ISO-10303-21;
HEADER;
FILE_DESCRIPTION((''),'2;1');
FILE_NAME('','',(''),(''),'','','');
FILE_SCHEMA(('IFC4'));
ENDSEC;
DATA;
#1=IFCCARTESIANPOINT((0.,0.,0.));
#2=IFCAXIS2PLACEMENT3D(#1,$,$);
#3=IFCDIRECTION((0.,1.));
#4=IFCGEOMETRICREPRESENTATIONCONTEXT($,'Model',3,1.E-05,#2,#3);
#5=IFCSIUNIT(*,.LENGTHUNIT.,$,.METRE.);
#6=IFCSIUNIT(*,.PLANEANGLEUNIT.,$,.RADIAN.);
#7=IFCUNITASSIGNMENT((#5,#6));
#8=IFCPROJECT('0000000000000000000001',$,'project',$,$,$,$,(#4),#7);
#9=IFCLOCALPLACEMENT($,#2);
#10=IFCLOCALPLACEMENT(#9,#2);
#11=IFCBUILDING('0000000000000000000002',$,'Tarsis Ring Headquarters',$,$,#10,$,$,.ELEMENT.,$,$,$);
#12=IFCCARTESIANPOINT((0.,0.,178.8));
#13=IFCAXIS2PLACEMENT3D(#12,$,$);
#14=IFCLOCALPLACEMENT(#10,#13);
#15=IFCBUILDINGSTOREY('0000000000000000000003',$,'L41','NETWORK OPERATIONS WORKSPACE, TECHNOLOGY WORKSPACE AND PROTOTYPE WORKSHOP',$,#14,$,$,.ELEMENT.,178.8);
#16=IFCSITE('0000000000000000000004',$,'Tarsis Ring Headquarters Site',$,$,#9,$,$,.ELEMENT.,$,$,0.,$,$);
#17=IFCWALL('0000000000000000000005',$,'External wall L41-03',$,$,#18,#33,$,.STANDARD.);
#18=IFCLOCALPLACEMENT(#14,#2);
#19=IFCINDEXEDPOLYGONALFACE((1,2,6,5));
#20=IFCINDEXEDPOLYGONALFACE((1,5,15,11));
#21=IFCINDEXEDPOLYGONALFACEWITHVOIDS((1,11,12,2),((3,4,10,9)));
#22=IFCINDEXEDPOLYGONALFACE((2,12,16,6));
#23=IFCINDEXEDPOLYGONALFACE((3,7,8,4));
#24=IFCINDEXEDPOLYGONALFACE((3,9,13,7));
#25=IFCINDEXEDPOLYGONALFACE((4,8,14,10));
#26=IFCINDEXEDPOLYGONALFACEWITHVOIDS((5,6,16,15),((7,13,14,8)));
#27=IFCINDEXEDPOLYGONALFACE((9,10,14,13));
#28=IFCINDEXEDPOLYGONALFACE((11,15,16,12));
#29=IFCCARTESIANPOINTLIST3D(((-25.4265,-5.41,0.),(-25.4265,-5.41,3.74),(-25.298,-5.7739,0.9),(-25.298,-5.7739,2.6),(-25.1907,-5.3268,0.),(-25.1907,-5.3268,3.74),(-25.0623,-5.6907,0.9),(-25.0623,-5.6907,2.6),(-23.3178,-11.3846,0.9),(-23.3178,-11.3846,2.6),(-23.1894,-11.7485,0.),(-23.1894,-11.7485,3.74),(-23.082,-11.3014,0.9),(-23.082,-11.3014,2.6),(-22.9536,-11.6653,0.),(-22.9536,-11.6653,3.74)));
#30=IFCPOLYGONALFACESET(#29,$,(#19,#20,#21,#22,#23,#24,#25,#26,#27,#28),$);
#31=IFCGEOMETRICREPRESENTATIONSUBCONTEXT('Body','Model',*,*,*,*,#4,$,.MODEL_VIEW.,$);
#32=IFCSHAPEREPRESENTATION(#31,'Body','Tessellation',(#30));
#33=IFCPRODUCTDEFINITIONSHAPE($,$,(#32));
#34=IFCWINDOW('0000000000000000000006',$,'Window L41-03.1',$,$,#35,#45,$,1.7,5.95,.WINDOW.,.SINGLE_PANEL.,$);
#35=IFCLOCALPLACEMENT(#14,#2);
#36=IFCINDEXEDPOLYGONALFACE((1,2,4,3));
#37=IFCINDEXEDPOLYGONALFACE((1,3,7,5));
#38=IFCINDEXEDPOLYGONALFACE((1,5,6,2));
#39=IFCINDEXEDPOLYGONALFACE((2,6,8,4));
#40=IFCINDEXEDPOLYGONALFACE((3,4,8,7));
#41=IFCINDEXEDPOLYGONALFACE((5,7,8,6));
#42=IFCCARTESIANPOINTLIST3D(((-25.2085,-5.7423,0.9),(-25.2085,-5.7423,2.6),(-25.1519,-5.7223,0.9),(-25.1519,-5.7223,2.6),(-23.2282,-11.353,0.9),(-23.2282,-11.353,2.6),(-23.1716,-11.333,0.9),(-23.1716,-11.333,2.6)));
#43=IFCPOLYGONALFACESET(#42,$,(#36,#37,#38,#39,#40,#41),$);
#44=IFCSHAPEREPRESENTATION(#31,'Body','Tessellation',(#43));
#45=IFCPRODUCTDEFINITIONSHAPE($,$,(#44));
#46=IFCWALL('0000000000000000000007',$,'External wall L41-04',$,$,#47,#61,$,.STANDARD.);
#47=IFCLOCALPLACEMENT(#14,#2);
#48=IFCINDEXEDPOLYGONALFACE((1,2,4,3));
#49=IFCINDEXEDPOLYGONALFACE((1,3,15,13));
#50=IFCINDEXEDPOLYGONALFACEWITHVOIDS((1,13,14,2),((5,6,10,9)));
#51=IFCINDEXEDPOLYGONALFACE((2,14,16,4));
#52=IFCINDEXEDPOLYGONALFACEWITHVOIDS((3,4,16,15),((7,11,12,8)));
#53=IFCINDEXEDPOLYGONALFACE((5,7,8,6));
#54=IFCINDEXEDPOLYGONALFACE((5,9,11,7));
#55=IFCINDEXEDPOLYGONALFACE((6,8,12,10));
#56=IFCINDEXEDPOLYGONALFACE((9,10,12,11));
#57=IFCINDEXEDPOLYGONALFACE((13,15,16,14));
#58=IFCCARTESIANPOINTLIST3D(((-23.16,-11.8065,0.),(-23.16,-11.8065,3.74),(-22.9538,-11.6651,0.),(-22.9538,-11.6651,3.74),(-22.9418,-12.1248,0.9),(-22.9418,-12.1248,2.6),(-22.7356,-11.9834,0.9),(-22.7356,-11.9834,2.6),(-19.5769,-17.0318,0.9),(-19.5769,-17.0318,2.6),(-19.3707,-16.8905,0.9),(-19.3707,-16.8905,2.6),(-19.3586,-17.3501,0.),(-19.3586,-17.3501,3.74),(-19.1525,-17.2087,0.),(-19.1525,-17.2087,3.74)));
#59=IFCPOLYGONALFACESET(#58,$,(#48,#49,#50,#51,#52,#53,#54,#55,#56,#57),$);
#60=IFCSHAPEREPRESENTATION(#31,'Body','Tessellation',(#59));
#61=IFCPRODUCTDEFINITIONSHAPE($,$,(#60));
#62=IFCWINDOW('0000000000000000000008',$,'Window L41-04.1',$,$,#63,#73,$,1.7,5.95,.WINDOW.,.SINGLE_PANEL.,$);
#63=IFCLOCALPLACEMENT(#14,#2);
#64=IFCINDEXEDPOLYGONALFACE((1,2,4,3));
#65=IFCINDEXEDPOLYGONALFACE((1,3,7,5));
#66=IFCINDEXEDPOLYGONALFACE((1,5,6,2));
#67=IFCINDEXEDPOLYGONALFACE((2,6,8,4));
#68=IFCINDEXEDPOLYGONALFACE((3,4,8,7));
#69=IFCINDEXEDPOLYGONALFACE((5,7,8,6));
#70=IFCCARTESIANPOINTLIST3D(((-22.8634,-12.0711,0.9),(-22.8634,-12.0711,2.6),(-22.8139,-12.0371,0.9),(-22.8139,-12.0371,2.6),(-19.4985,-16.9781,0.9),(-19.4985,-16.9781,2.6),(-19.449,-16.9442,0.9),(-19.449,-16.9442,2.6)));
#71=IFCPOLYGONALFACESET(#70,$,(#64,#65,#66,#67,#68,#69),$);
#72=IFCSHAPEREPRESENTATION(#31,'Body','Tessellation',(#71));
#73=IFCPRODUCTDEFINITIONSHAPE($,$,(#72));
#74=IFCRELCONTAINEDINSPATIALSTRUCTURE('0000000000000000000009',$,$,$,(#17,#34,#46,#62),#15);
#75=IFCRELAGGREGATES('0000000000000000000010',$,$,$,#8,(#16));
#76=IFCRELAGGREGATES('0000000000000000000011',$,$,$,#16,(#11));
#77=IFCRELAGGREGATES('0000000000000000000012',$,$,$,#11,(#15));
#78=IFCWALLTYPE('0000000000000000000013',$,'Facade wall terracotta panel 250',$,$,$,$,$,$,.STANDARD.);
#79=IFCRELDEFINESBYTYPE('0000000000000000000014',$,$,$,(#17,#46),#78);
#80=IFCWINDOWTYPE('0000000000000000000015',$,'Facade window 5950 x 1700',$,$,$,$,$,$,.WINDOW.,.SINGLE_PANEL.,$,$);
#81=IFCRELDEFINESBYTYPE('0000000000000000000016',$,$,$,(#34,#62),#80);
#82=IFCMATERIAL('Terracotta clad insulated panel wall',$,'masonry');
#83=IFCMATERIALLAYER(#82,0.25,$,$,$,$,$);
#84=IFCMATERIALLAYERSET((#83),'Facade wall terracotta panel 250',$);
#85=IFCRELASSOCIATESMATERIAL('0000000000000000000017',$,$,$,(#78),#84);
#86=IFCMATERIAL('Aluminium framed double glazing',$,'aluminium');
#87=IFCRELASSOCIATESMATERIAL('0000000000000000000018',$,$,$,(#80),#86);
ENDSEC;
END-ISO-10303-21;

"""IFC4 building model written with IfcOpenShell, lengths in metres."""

from ifc_helpers import new_model, si_unit, direction, frame, frame_2d, origin, place, context, subcontext, project, spatial, rectangle, extrude, material, layer, layer_set, type_object, element, fill, save


model = new_model("IFC4")

# Units and contexts
model_context = context("Model", 3, precision=1e-05, world=origin(), true_north=direction((0.0, 1.0)))
body_context = subcontext(model_context, "Body", "Model", "MODEL_VIEW")
ifc_project = project(units=[si_unit("LENGTHUNIT", "METRE"), si_unit("PLANEANGLEUNIT", "RADIAN")], contexts=[model_context])

# Site, building, storey
site_placement = place(None, origin())
site = spatial("IfcSite", under=ifc_project, at=site_placement, Name="Tarsis Ring Headquarters Site", CompositionType="ELEMENT", RefElevation=0.0)
building_placement = place(site_placement, origin())
building = spatial("IfcBuilding", under=site, at=building_placement, Name="Tarsis Ring Headquarters", CompositionType="ELEMENT")
storey_placement = place(building_placement, frame((0.0, 0.0, 178.8)))
storey = spatial("IfcBuildingStorey", under=building, at=storey_placement, Name="L41", Description="NETWORK OPERATIONS WORKSPACE, TECHNOLOGY WORKSPACE AND PROTOTYPE WORKSHOP", CompositionType="ELEMENT", Elevation=178.8)

# Walls, openings, windows
ifc_material_1 = material(Name="Terracotta clad insulated panel wall", Category="masonry")
ifc_layer_1 = layer(ifc_material_1, 0.25)
ifc_layer_set_1 = layer_set([ifc_layer_1], Name="Facade wall terracotta panel 250")
wall_type_1 = type_object("IfcWallType", Name="Facade wall terracotta panel 250", PredefinedType="STANDARD", material=ifc_layer_set_1)
wall_1_placement = place(storey_placement, frame((-25.3086, -5.3684, 0.0), z_axis=(0.0, 0.0, 1.0), x_axis=(0.332818, -0.942991, 0.0)))
wall_1 = element("IfcWall", 1, at=wall_1_placement, inside=storey, type_object=wall_type_1, Name="External wall L41-03", PredefinedType="STANDARD", context=body_context, shape_type="SweptSolid", body=[
    extrude(rectangle(XDim=6.7217, YDim=0.25, at=frame_2d((3.3608, 0.0))), origin(), (0.0, 0.0, 1.0), 3.74),
])
opening_1_placement = place(wall_1_placement, frame((0.3857, 0.0, 0.8999)))
opening_1 = element("IfcOpeningElement", 2, at=opening_1_placement, cuts=wall_1, PredefinedType="OPENING", context=body_context, shape_type="SweptSolid", body=[
    extrude(rectangle(XDim=5.95, YDim=1.7, at=frame_2d((2.9751, 0.8501))), frame((0.0, 0.135, 0.0), z_axis=(0.0, -1.0, 0.0), x_axis=(1.0, 0.0, 0.0)), (0.0, 0.0, 1.0), 0.27),
])
ifc_material_2 = material(Name="Aluminium framed double glazing", Category="aluminium")
window_type = type_object("IfcWindowType", Name="Facade window 5950 x 1700", PartitioningType="SINGLE_PANEL", PredefinedType="WINDOW", material=ifc_material_2)
window_1_placement = place(opening_1_placement, origin())
window_1 = element("IfcWindow", 3, at=window_1_placement, inside=storey, type_object=window_type, Name="Window L41-03.1", OverallHeight=1.7, OverallWidth=5.95, PartitioningType="SINGLE_PANEL", PredefinedType="WINDOW", context=body_context, shape_type="SweptSolid", body=[
    extrude(rectangle(XDim=5.95, YDim=1.7, at=frame_2d((2.9751, 0.8501))), frame((0.0, 0.03, 0.0), z_axis=(0.0, -1.0, 0.0), x_axis=(1.0, 0.0, 0.0)), (0.0, 0.0, 1.0), 0.0601),
])
fill(opening_1, window_1)
wall_2_placement = place(storey_placement, frame((-23.0569, -11.7358, 0.0), z_axis=(0.0, 0.0, 1.0), x_axis=(0.565533, -0.824726, 0.0)))
wall_2 = element("IfcWall", 4, at=wall_2_placement, inside=storey, type_object=wall_type_1, Name="External wall L41-04", PredefinedType="STANDARD", context=body_context, shape_type="SweptSolid", body=[
    extrude(rectangle(XDim=6.7217, YDim=0.25, at=frame_2d((3.3608, 0.0))), origin(), (0.0, 0.0, 1.0), 3.74),
])
opening_2_placement = place(wall_2_placement, frame((0.3857, 0.0, 0.8999)))
opening_2 = element("IfcOpeningElement", 5, at=opening_2_placement, cuts=wall_2, PredefinedType="OPENING", context=body_context, shape_type="SweptSolid", body=[
    extrude(rectangle(XDim=5.95, YDim=1.7, at=frame_2d((2.9751, 0.8501))), frame((0.0, 0.135, 0.0), z_axis=(0.0, -1.0, 0.0), x_axis=(1.0, 0.0, 0.0)), (0.0, 0.0, 1.0), 0.27),
])
window_2_placement = place(opening_2_placement, origin())
window_2 = element("IfcWindow", 6, at=window_2_placement, inside=storey, type_object=window_type, Name="Window L41-04.1", OverallHeight=1.7, OverallWidth=5.95, PartitioningType="SINGLE_PANEL", PredefinedType="WINDOW", context=body_context, shape_type="SweptSolid", body=[
    extrude(rectangle(XDim=5.95, YDim=1.7, at=frame_2d((2.9751, 0.8501))), frame((0.0, 0.03, 0.0), z_axis=(0.0, -1.0, 0.0), x_axis=(1.0, 0.0, 0.0)), (0.0, 0.0, 1.0), 0.0601),
])
fill(opening_2, window_2)

save(model, "model.ifc")
